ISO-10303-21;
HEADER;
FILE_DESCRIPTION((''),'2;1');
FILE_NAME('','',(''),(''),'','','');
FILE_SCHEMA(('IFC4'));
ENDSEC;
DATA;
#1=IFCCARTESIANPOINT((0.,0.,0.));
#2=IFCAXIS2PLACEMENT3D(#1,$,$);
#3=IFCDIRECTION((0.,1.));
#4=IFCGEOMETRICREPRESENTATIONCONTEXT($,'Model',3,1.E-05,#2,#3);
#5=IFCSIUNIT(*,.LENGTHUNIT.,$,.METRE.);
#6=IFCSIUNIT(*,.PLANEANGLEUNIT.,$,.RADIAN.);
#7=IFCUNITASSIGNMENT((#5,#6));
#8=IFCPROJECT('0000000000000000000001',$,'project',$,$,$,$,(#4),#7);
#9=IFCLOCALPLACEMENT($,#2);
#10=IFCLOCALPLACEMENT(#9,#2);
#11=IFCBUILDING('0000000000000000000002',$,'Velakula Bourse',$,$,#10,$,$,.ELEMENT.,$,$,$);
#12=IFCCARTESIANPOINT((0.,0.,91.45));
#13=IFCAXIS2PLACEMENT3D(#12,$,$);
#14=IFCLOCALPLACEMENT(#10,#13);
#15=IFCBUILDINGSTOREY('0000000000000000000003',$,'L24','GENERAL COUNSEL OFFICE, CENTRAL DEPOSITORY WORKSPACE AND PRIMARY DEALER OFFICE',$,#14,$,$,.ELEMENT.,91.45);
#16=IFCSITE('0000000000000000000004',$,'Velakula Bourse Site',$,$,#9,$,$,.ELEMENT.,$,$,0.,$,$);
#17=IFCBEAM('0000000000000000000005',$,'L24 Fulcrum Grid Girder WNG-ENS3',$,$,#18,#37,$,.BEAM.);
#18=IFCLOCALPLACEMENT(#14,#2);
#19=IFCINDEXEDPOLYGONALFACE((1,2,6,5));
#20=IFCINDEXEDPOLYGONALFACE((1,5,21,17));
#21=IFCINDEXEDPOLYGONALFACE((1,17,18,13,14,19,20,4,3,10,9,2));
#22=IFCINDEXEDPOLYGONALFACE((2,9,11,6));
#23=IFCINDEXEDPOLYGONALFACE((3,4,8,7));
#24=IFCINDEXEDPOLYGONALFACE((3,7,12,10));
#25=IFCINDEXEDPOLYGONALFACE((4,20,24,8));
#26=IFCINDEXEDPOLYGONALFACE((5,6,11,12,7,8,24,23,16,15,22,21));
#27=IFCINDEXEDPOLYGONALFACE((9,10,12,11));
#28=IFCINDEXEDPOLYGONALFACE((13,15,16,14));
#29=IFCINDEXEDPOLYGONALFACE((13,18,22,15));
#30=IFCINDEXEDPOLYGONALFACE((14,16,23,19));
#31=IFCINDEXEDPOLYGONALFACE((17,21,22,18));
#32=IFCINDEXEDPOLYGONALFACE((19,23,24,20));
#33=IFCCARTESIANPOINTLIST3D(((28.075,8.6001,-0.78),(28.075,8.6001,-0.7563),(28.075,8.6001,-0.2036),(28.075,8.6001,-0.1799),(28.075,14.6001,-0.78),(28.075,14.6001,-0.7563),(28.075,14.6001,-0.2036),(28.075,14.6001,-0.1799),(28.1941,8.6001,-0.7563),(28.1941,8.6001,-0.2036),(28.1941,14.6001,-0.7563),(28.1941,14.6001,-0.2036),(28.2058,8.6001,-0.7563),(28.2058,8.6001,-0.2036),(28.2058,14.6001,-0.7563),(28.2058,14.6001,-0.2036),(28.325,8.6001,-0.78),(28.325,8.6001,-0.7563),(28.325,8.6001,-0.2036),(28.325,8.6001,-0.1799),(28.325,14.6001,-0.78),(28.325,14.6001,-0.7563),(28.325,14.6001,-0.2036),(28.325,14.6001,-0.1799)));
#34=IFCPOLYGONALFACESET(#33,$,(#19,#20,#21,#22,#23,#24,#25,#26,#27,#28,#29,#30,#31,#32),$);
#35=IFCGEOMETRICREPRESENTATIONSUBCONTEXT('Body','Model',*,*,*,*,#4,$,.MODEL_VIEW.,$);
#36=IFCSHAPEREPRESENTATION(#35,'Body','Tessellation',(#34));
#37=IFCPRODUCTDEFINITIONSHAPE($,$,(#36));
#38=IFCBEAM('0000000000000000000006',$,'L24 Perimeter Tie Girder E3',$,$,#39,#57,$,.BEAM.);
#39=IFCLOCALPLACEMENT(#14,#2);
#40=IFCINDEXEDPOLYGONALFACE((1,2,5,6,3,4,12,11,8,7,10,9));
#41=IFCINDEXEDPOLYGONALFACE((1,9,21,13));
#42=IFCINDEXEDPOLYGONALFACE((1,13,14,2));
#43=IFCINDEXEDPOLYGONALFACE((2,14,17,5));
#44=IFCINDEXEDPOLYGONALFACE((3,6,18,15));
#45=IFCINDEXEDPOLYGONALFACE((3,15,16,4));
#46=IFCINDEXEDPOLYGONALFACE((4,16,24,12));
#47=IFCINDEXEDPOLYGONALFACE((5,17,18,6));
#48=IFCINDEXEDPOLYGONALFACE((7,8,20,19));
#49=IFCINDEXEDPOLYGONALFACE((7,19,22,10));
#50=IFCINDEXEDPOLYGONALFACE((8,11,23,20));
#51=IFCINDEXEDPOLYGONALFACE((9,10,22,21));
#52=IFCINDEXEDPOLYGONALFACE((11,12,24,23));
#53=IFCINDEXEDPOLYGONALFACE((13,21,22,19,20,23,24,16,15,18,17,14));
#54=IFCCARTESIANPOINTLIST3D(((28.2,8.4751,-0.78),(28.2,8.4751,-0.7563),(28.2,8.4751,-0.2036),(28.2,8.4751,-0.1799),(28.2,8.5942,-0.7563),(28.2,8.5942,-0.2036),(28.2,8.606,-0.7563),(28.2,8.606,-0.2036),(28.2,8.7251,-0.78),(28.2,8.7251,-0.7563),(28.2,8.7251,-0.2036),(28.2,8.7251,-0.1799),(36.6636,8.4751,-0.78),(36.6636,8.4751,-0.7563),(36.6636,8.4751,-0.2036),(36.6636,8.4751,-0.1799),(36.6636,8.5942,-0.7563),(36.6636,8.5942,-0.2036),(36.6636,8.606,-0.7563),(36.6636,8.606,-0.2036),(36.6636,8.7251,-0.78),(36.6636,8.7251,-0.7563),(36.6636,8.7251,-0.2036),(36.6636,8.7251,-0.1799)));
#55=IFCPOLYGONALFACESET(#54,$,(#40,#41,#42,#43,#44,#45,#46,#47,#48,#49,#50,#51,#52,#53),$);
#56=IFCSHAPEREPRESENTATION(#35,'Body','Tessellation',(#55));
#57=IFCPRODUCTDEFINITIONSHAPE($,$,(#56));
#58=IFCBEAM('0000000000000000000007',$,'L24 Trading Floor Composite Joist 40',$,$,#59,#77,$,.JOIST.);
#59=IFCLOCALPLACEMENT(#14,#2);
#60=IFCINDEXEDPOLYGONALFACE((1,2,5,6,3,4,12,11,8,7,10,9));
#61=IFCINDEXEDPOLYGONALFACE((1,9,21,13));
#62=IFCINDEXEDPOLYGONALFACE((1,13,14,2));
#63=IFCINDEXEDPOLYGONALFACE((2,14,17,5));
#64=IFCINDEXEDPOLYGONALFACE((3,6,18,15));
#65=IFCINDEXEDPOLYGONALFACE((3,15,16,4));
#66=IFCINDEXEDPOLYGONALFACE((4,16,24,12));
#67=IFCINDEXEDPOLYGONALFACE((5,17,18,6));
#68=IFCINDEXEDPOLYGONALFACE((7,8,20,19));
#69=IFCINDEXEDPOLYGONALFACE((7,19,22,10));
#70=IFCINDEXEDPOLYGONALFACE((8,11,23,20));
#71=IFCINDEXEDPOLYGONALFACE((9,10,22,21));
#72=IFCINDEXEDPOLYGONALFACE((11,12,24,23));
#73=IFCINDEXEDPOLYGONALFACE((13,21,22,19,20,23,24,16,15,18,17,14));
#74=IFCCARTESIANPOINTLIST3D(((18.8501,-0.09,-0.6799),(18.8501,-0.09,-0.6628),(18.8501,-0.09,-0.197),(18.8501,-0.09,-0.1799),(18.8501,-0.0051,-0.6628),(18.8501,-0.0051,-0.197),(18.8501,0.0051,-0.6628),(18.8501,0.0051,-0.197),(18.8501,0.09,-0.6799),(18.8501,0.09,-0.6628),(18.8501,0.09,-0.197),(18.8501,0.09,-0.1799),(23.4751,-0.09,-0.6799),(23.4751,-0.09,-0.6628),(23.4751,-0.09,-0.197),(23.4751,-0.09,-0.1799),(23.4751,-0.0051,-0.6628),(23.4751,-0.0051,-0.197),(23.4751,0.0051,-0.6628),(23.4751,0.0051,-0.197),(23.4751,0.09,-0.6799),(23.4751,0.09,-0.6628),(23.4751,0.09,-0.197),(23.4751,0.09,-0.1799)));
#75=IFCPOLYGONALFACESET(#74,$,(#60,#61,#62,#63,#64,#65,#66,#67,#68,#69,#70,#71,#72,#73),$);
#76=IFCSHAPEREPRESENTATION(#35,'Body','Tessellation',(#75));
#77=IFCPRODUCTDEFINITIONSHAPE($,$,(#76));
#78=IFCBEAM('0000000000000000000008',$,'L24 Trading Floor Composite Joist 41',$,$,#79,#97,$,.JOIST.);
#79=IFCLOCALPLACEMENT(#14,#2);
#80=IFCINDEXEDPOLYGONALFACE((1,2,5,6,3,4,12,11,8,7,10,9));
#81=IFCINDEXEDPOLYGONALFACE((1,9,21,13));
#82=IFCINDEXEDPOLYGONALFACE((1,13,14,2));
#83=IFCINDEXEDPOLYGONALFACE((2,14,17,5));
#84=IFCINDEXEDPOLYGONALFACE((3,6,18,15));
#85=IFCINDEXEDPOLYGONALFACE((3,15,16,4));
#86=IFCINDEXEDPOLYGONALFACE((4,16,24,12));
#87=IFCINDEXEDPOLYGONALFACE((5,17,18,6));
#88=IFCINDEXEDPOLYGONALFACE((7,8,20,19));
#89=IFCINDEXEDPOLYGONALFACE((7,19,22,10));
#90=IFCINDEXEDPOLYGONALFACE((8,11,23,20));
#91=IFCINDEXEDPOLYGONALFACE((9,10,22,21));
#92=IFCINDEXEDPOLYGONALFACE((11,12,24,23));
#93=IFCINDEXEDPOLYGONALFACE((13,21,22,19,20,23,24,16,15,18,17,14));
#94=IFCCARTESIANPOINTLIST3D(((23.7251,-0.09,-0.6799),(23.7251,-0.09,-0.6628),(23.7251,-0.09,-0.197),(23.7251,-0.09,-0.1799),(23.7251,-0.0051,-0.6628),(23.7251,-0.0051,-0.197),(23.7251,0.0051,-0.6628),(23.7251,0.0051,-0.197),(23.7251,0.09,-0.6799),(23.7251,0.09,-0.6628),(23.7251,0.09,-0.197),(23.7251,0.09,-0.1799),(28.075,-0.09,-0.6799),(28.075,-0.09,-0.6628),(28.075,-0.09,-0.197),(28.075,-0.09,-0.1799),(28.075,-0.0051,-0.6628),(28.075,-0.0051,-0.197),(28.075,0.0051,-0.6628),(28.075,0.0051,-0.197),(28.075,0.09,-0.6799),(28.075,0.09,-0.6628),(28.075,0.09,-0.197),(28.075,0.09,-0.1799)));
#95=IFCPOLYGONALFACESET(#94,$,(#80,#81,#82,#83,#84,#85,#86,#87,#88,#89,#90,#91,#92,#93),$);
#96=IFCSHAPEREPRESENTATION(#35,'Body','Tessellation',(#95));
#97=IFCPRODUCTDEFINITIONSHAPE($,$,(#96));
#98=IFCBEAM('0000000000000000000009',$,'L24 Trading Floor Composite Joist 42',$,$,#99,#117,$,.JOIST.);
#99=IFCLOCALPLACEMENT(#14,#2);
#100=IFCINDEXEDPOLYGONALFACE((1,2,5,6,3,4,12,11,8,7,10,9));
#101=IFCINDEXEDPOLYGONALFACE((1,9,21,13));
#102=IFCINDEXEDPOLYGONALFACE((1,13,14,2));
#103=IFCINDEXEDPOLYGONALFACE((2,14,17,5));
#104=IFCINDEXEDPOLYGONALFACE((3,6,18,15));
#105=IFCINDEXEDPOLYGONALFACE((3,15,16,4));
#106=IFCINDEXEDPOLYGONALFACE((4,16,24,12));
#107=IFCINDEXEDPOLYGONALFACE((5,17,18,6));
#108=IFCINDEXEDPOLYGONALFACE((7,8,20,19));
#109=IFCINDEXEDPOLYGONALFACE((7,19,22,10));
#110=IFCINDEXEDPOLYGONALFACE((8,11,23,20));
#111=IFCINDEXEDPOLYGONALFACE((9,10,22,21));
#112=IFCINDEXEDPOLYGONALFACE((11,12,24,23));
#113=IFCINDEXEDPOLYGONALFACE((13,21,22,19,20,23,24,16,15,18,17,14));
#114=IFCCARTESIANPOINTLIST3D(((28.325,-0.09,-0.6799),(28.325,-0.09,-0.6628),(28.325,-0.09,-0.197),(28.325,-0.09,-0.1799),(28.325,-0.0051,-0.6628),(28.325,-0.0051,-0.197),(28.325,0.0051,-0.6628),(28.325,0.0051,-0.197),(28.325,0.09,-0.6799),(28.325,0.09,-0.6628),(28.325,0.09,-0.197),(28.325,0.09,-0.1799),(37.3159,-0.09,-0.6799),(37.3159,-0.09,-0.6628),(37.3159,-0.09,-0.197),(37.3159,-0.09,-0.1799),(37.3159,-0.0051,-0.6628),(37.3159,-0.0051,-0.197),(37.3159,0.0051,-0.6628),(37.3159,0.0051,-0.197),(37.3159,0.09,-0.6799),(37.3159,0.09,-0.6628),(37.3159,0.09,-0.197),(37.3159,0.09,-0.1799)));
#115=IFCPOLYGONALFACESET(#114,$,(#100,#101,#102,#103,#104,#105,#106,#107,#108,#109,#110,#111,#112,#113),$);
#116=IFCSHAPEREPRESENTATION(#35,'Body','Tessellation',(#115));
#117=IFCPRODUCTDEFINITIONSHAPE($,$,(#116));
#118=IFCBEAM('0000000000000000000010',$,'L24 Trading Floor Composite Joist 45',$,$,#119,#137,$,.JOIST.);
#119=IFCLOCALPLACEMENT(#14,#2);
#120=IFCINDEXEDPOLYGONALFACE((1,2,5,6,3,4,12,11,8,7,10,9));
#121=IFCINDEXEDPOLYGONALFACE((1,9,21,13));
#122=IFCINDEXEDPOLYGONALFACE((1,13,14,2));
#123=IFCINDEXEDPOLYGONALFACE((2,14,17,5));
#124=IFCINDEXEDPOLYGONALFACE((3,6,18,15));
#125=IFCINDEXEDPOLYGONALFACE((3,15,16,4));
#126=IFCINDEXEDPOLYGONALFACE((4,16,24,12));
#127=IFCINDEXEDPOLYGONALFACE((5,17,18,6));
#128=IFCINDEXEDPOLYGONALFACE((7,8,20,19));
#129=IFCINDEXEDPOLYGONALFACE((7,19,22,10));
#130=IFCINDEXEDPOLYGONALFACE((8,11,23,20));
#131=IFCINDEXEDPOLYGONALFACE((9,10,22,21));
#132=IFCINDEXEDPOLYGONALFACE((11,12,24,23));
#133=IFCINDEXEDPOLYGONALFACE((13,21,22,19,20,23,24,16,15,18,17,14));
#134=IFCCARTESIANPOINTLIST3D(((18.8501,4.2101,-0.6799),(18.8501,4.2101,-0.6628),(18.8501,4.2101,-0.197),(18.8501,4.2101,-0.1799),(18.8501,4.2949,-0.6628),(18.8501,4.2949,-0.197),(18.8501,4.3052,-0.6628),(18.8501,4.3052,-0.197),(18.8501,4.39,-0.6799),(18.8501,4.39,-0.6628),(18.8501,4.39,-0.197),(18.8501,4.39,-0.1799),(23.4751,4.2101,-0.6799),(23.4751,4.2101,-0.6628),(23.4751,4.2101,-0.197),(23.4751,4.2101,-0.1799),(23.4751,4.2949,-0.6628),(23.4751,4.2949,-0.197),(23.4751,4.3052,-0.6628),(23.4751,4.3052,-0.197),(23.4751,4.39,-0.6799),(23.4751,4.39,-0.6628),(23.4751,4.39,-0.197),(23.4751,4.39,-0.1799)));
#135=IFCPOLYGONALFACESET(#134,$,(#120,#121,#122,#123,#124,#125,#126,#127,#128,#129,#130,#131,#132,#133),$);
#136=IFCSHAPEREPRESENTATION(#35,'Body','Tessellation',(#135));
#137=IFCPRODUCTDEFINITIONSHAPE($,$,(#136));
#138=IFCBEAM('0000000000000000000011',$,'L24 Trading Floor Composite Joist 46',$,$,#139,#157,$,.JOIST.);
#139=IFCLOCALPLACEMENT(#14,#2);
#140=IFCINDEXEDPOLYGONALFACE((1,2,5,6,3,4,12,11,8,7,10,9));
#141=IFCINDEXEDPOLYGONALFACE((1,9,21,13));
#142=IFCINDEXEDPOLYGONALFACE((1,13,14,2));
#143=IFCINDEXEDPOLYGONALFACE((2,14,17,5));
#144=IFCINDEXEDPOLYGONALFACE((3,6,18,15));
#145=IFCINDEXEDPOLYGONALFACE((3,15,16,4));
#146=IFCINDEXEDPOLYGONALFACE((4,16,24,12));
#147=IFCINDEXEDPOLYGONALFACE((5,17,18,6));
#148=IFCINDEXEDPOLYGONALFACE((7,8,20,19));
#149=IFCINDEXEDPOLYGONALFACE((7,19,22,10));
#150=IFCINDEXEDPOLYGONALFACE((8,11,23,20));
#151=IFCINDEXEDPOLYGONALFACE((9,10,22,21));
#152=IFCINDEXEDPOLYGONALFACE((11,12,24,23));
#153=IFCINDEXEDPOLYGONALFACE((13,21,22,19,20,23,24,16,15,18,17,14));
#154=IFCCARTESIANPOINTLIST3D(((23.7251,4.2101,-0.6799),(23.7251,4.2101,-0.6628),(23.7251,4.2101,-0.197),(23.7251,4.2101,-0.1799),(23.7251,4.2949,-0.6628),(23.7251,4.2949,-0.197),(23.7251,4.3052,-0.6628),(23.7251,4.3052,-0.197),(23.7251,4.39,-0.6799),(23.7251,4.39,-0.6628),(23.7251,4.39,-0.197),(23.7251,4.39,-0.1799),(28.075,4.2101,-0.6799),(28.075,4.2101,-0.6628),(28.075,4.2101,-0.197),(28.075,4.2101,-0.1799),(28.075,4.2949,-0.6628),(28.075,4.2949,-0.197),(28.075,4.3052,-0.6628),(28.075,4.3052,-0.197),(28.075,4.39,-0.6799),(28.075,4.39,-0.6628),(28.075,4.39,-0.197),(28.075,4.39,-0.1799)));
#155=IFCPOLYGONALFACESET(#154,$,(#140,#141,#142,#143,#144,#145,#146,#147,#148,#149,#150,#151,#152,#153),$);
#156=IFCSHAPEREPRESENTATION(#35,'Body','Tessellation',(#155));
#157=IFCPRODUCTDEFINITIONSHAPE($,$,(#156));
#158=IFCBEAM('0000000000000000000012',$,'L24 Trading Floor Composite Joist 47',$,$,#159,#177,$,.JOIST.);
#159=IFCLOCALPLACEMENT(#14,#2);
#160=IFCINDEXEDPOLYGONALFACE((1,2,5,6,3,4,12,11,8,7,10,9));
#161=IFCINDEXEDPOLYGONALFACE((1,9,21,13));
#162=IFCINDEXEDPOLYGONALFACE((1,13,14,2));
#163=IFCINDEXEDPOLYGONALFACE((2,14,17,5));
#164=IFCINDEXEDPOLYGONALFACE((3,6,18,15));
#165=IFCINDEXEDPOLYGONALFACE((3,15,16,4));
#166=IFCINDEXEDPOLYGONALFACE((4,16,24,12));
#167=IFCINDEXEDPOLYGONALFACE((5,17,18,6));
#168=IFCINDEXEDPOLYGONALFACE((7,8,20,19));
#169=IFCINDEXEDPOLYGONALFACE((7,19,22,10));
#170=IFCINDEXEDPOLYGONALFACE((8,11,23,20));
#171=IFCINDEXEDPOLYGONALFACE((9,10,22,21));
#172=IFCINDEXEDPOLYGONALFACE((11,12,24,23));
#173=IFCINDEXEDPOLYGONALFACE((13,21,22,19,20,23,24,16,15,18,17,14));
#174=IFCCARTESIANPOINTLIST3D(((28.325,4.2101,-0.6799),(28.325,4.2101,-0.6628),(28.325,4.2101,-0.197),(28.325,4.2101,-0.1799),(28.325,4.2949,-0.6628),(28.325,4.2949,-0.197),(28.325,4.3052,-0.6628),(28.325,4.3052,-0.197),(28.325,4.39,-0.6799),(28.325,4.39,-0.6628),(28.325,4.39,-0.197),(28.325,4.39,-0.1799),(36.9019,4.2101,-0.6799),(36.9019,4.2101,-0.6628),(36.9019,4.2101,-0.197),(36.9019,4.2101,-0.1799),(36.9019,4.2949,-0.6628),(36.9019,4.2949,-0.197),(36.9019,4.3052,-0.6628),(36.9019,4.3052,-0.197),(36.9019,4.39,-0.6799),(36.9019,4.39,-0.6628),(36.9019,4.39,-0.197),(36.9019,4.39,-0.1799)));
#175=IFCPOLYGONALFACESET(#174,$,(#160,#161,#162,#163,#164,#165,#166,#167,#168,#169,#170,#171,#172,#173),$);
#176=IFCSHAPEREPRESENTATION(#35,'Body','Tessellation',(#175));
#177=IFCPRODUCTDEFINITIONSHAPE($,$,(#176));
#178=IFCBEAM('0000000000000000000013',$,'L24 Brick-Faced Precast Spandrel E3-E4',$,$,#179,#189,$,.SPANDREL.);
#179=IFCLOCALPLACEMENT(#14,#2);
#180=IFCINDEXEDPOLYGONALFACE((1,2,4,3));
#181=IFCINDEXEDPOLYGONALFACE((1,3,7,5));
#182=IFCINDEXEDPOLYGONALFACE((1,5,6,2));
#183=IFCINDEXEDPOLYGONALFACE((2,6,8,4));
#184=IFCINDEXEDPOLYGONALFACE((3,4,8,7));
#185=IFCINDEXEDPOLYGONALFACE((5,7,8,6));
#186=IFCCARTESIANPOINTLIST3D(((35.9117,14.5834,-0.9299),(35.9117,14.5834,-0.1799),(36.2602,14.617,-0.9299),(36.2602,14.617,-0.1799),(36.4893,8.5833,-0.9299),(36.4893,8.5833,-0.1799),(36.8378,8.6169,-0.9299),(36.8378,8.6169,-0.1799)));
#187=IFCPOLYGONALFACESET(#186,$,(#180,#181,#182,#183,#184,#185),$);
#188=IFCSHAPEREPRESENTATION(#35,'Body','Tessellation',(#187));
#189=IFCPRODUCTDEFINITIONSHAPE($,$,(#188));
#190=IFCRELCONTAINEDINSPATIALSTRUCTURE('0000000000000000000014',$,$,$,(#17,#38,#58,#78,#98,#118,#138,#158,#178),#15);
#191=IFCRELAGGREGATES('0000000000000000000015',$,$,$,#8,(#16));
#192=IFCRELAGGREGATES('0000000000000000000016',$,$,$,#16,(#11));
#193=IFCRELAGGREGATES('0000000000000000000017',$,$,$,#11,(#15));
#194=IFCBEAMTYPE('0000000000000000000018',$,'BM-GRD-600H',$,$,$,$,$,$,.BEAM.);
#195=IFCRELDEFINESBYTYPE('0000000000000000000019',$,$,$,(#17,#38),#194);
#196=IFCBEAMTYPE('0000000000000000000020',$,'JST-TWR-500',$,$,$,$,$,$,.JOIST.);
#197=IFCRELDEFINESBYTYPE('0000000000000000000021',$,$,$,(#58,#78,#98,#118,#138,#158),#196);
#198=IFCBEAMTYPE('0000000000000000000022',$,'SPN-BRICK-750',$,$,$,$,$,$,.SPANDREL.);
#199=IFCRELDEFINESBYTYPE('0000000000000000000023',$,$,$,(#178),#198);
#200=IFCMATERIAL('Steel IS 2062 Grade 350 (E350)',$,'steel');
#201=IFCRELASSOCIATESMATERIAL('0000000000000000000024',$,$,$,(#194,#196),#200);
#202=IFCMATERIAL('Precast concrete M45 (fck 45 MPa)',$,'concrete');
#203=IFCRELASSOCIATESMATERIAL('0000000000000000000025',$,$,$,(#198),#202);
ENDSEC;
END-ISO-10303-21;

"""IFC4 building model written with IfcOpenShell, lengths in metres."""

from ifc_helpers import new_model, si_unit, direction, frame, origin, origin_2d, place, context, subcontext, project, spatial, rectangle, i_section, extrude, material, material_profile, profile_set, type_object, element, save


model = new_model("IFC4")

# Units and contexts
model_context = context("Model", 3, precision=1e-05, world=origin(), true_north=direction((0.0, 1.0)))
body_context = subcontext(model_context, "Body", "Model", "MODEL_VIEW")
ifc_project = project(units=[si_unit("LENGTHUNIT", "METRE"), si_unit("PLANEANGLEUNIT", "RADIAN")], contexts=[model_context])

# Site, building, storey
site_placement = place(None, origin())
site = spatial("IfcSite", under=ifc_project, at=site_placement, Name="Velakula Bourse Site", CompositionType="ELEMENT", RefElevation=0.0)
building_placement = place(site_placement, origin())
building = spatial("IfcBuilding", under=site, at=building_placement, Name="Velakula Bourse", CompositionType="ELEMENT")
storey_placement = place(building_placement, frame((0.0, 0.0, 91.45)))
storey = spatial("IfcBuildingStorey", under=building, at=storey_placement, Name="L24", Description="GENERAL COUNSEL OFFICE, CENTRAL DEPOSITORY WORKSPACE AND PRIMARY DEALER OFFICE", CompositionType="ELEMENT", Elevation=91.45)

# Beams
ifc_material_1 = material(Name="Steel IS 2062 Grade 350 (E350)", Category="steel")
ifc_material_profile_1 = material_profile(ifc_material_1, i_section(OverallWidth=0.25, OverallDepth=0.6001, WebThickness=0.0117, FlangeThickness=0.0237, at=origin_2d()), Name="Steel IS 2062 Grade 350 (E350)")
ifc_profile_set_1 = profile_set([ifc_material_profile_1], Name="Steel IS 2062 Grade 350 (E350)")
beam_type_1 = type_object("IfcBeamType", Name="BM-GRD-600H", PredefinedType="BEAM", material=ifc_profile_set_1)
beam_1_placement = place(storey_placement, frame((28.2, 8.6001, -0.48), z_axis=(0.0, 1.0, 0.0), x_axis=(-1.0, 0.0, 0.0)))
element("IfcBeam", 1, at=beam_1_placement, inside=storey, type_object=beam_type_1, Name="L24 Fulcrum Grid Girder WNG-ENS3", PredefinedType="BEAM", context=body_context, shape_type="SweptSolid", body=[
    extrude(i_section(OverallWidth=0.25, OverallDepth=0.6001, WebThickness=0.0117, FlangeThickness=0.0237, at=origin_2d()), origin(), (0.0, 0.0, 1.0), 6.0),
])
beam_2_placement = place(storey_placement, frame((28.2, 8.6001, -0.48), z_axis=(1.0, 0.0, 0.0), x_axis=(0.0, 1.0, 0.0)))
element("IfcBeam", 2, at=beam_2_placement, inside=storey, type_object=beam_type_1, Name="L24 Perimeter Tie Girder E3", PredefinedType="BEAM", context=body_context, shape_type="SweptSolid", body=[
    extrude(i_section(OverallWidth=0.25, OverallDepth=0.6001, WebThickness=0.0117, FlangeThickness=0.0237, at=origin_2d()), origin(), (0.0, 0.0, 1.0), 8.4636),
])
ifc_material_profile_2 = material_profile(ifc_material_1, i_section(OverallWidth=0.1799, OverallDepth=0.5, WebThickness=0.0103, FlangeThickness=0.0171, at=origin_2d()), Name="Steel IS 2062 Grade 350 (E350)")
ifc_profile_set_2 = profile_set([ifc_material_profile_2], Name="Steel IS 2062 Grade 350 (E350)")
beam_type_2 = type_object("IfcBeamType", Name="JST-TWR-500", PredefinedType="JOIST", material=ifc_profile_set_2)
beam_3_placement = place(storey_placement, frame((18.8501, 0.0, -0.4299), z_axis=(1.0, 0.0, 0.0), x_axis=(0.0, 1.0, 0.0)))
element("IfcBeam", 3, at=beam_3_placement, inside=storey, type_object=beam_type_2, Name="L24 Trading Floor Composite Joist 40", PredefinedType="JOIST", context=body_context, shape_type="SweptSolid", body=[
    extrude(i_section(OverallWidth=0.1799, OverallDepth=0.5, WebThickness=0.0103, FlangeThickness=0.0171, at=origin_2d()), origin(), (0.0, 0.0, 1.0), 4.625),
])
beam_4_placement = place(storey_placement, frame((23.7251, 0.0, -0.4299), z_axis=(1.0, 0.0, 0.0), x_axis=(0.0, 1.0, 0.0)))
element("IfcBeam", 4, at=beam_4_placement, inside=storey, type_object=beam_type_2, Name="L24 Trading Floor Composite Joist 41", PredefinedType="JOIST", context=body_context, shape_type="SweptSolid", body=[
    extrude(i_section(OverallWidth=0.1799, OverallDepth=0.5, WebThickness=0.0103, FlangeThickness=0.0171, at=origin_2d()), origin(), (0.0, 0.0, 1.0), 4.3499),
])
beam_5_placement = place(storey_placement, frame((28.325, 0.0, -0.4299), z_axis=(1.0, 0.0, 0.0), x_axis=(0.0, 1.0, 0.0)))
element("IfcBeam", 5, at=beam_5_placement, inside=storey, type_object=beam_type_2, Name="L24 Trading Floor Composite Joist 42", PredefinedType="JOIST", context=body_context, shape_type="SweptSolid", body=[
    extrude(i_section(OverallWidth=0.1799, OverallDepth=0.5, WebThickness=0.0103, FlangeThickness=0.0171, at=origin_2d()), origin(), (0.0, 0.0, 1.0), 8.991),
])
beam_6_placement = place(storey_placement, frame((18.8501, 4.3, -0.4299), z_axis=(1.0, 0.0, 0.0), x_axis=(0.0, 1.0, 0.0)))
element("IfcBeam", 6, at=beam_6_placement, inside=storey, type_object=beam_type_2, Name="L24 Trading Floor Composite Joist 45", PredefinedType="JOIST", context=body_context, shape_type="SweptSolid", body=[
    extrude(i_section(OverallWidth=0.1799, OverallDepth=0.5, WebThickness=0.0103, FlangeThickness=0.0171, at=origin_2d()), origin(), (0.0, 0.0, 1.0), 4.625),
])
beam_7_placement = place(storey_placement, frame((23.7251, 4.3, -0.4299), z_axis=(1.0, 0.0, 0.0), x_axis=(0.0, 1.0, 0.0)))
element("IfcBeam", 7, at=beam_7_placement, inside=storey, type_object=beam_type_2, Name="L24 Trading Floor Composite Joist 46", PredefinedType="JOIST", context=body_context, shape_type="SweptSolid", body=[
    extrude(i_section(OverallWidth=0.1799, OverallDepth=0.5, WebThickness=0.0103, FlangeThickness=0.0171, at=origin_2d()), origin(), (0.0, 0.0, 1.0), 4.3499),
])
beam_8_placement = place(storey_placement, frame((28.325, 4.3, -0.4299), z_axis=(1.0, 0.0, 0.0), x_axis=(0.0, 1.0, 0.0)))
element("IfcBeam", 8, at=beam_8_placement, inside=storey, type_object=beam_type_2, Name="L24 Trading Floor Composite Joist 47", PredefinedType="JOIST", context=body_context, shape_type="SweptSolid", body=[
    extrude(i_section(OverallWidth=0.1799, OverallDepth=0.5, WebThickness=0.0103, FlangeThickness=0.0171, at=origin_2d()), origin(), (0.0, 0.0, 1.0), 8.5769),
])
ifc_material_2 = material(Name="Precast concrete M45 (fck 45 MPa)", Category="concrete")
ifc_material_profile_3 = material_profile(ifc_material_2, rectangle(XDim=0.3501, YDim=0.75, at=origin_2d()), Name="Precast concrete M45 (fck 45 MPa)")
ifc_profile_set_3 = profile_set([ifc_material_profile_3], Name="Precast concrete M45 (fck 45 MPa)")
beam_type_3 = type_object("IfcBeamType", Name="SPN-BRICK-750", PredefinedType="SPANDREL", material=ifc_profile_set_3)
beam_9_placement = place(storey_placement, frame((36.6636, 8.6001, -0.5549), z_axis=(-0.09583, 0.995398, 0.0), x_axis=(-0.995398, -0.09583, 0.0)))
element("IfcBeam", 9, at=beam_9_placement, inside=storey, type_object=beam_type_3, Name="L24 Brick-Faced Precast Spandrel E3-E4", PredefinedType="SPANDREL", context=body_context, shape_type="SweptSolid", body=[
    extrude(rectangle(XDim=0.3501, YDim=0.75, at=origin_2d()), origin(), (0.0, 0.0, 1.0), 6.0278),
])

save(model, "model.ifc")
